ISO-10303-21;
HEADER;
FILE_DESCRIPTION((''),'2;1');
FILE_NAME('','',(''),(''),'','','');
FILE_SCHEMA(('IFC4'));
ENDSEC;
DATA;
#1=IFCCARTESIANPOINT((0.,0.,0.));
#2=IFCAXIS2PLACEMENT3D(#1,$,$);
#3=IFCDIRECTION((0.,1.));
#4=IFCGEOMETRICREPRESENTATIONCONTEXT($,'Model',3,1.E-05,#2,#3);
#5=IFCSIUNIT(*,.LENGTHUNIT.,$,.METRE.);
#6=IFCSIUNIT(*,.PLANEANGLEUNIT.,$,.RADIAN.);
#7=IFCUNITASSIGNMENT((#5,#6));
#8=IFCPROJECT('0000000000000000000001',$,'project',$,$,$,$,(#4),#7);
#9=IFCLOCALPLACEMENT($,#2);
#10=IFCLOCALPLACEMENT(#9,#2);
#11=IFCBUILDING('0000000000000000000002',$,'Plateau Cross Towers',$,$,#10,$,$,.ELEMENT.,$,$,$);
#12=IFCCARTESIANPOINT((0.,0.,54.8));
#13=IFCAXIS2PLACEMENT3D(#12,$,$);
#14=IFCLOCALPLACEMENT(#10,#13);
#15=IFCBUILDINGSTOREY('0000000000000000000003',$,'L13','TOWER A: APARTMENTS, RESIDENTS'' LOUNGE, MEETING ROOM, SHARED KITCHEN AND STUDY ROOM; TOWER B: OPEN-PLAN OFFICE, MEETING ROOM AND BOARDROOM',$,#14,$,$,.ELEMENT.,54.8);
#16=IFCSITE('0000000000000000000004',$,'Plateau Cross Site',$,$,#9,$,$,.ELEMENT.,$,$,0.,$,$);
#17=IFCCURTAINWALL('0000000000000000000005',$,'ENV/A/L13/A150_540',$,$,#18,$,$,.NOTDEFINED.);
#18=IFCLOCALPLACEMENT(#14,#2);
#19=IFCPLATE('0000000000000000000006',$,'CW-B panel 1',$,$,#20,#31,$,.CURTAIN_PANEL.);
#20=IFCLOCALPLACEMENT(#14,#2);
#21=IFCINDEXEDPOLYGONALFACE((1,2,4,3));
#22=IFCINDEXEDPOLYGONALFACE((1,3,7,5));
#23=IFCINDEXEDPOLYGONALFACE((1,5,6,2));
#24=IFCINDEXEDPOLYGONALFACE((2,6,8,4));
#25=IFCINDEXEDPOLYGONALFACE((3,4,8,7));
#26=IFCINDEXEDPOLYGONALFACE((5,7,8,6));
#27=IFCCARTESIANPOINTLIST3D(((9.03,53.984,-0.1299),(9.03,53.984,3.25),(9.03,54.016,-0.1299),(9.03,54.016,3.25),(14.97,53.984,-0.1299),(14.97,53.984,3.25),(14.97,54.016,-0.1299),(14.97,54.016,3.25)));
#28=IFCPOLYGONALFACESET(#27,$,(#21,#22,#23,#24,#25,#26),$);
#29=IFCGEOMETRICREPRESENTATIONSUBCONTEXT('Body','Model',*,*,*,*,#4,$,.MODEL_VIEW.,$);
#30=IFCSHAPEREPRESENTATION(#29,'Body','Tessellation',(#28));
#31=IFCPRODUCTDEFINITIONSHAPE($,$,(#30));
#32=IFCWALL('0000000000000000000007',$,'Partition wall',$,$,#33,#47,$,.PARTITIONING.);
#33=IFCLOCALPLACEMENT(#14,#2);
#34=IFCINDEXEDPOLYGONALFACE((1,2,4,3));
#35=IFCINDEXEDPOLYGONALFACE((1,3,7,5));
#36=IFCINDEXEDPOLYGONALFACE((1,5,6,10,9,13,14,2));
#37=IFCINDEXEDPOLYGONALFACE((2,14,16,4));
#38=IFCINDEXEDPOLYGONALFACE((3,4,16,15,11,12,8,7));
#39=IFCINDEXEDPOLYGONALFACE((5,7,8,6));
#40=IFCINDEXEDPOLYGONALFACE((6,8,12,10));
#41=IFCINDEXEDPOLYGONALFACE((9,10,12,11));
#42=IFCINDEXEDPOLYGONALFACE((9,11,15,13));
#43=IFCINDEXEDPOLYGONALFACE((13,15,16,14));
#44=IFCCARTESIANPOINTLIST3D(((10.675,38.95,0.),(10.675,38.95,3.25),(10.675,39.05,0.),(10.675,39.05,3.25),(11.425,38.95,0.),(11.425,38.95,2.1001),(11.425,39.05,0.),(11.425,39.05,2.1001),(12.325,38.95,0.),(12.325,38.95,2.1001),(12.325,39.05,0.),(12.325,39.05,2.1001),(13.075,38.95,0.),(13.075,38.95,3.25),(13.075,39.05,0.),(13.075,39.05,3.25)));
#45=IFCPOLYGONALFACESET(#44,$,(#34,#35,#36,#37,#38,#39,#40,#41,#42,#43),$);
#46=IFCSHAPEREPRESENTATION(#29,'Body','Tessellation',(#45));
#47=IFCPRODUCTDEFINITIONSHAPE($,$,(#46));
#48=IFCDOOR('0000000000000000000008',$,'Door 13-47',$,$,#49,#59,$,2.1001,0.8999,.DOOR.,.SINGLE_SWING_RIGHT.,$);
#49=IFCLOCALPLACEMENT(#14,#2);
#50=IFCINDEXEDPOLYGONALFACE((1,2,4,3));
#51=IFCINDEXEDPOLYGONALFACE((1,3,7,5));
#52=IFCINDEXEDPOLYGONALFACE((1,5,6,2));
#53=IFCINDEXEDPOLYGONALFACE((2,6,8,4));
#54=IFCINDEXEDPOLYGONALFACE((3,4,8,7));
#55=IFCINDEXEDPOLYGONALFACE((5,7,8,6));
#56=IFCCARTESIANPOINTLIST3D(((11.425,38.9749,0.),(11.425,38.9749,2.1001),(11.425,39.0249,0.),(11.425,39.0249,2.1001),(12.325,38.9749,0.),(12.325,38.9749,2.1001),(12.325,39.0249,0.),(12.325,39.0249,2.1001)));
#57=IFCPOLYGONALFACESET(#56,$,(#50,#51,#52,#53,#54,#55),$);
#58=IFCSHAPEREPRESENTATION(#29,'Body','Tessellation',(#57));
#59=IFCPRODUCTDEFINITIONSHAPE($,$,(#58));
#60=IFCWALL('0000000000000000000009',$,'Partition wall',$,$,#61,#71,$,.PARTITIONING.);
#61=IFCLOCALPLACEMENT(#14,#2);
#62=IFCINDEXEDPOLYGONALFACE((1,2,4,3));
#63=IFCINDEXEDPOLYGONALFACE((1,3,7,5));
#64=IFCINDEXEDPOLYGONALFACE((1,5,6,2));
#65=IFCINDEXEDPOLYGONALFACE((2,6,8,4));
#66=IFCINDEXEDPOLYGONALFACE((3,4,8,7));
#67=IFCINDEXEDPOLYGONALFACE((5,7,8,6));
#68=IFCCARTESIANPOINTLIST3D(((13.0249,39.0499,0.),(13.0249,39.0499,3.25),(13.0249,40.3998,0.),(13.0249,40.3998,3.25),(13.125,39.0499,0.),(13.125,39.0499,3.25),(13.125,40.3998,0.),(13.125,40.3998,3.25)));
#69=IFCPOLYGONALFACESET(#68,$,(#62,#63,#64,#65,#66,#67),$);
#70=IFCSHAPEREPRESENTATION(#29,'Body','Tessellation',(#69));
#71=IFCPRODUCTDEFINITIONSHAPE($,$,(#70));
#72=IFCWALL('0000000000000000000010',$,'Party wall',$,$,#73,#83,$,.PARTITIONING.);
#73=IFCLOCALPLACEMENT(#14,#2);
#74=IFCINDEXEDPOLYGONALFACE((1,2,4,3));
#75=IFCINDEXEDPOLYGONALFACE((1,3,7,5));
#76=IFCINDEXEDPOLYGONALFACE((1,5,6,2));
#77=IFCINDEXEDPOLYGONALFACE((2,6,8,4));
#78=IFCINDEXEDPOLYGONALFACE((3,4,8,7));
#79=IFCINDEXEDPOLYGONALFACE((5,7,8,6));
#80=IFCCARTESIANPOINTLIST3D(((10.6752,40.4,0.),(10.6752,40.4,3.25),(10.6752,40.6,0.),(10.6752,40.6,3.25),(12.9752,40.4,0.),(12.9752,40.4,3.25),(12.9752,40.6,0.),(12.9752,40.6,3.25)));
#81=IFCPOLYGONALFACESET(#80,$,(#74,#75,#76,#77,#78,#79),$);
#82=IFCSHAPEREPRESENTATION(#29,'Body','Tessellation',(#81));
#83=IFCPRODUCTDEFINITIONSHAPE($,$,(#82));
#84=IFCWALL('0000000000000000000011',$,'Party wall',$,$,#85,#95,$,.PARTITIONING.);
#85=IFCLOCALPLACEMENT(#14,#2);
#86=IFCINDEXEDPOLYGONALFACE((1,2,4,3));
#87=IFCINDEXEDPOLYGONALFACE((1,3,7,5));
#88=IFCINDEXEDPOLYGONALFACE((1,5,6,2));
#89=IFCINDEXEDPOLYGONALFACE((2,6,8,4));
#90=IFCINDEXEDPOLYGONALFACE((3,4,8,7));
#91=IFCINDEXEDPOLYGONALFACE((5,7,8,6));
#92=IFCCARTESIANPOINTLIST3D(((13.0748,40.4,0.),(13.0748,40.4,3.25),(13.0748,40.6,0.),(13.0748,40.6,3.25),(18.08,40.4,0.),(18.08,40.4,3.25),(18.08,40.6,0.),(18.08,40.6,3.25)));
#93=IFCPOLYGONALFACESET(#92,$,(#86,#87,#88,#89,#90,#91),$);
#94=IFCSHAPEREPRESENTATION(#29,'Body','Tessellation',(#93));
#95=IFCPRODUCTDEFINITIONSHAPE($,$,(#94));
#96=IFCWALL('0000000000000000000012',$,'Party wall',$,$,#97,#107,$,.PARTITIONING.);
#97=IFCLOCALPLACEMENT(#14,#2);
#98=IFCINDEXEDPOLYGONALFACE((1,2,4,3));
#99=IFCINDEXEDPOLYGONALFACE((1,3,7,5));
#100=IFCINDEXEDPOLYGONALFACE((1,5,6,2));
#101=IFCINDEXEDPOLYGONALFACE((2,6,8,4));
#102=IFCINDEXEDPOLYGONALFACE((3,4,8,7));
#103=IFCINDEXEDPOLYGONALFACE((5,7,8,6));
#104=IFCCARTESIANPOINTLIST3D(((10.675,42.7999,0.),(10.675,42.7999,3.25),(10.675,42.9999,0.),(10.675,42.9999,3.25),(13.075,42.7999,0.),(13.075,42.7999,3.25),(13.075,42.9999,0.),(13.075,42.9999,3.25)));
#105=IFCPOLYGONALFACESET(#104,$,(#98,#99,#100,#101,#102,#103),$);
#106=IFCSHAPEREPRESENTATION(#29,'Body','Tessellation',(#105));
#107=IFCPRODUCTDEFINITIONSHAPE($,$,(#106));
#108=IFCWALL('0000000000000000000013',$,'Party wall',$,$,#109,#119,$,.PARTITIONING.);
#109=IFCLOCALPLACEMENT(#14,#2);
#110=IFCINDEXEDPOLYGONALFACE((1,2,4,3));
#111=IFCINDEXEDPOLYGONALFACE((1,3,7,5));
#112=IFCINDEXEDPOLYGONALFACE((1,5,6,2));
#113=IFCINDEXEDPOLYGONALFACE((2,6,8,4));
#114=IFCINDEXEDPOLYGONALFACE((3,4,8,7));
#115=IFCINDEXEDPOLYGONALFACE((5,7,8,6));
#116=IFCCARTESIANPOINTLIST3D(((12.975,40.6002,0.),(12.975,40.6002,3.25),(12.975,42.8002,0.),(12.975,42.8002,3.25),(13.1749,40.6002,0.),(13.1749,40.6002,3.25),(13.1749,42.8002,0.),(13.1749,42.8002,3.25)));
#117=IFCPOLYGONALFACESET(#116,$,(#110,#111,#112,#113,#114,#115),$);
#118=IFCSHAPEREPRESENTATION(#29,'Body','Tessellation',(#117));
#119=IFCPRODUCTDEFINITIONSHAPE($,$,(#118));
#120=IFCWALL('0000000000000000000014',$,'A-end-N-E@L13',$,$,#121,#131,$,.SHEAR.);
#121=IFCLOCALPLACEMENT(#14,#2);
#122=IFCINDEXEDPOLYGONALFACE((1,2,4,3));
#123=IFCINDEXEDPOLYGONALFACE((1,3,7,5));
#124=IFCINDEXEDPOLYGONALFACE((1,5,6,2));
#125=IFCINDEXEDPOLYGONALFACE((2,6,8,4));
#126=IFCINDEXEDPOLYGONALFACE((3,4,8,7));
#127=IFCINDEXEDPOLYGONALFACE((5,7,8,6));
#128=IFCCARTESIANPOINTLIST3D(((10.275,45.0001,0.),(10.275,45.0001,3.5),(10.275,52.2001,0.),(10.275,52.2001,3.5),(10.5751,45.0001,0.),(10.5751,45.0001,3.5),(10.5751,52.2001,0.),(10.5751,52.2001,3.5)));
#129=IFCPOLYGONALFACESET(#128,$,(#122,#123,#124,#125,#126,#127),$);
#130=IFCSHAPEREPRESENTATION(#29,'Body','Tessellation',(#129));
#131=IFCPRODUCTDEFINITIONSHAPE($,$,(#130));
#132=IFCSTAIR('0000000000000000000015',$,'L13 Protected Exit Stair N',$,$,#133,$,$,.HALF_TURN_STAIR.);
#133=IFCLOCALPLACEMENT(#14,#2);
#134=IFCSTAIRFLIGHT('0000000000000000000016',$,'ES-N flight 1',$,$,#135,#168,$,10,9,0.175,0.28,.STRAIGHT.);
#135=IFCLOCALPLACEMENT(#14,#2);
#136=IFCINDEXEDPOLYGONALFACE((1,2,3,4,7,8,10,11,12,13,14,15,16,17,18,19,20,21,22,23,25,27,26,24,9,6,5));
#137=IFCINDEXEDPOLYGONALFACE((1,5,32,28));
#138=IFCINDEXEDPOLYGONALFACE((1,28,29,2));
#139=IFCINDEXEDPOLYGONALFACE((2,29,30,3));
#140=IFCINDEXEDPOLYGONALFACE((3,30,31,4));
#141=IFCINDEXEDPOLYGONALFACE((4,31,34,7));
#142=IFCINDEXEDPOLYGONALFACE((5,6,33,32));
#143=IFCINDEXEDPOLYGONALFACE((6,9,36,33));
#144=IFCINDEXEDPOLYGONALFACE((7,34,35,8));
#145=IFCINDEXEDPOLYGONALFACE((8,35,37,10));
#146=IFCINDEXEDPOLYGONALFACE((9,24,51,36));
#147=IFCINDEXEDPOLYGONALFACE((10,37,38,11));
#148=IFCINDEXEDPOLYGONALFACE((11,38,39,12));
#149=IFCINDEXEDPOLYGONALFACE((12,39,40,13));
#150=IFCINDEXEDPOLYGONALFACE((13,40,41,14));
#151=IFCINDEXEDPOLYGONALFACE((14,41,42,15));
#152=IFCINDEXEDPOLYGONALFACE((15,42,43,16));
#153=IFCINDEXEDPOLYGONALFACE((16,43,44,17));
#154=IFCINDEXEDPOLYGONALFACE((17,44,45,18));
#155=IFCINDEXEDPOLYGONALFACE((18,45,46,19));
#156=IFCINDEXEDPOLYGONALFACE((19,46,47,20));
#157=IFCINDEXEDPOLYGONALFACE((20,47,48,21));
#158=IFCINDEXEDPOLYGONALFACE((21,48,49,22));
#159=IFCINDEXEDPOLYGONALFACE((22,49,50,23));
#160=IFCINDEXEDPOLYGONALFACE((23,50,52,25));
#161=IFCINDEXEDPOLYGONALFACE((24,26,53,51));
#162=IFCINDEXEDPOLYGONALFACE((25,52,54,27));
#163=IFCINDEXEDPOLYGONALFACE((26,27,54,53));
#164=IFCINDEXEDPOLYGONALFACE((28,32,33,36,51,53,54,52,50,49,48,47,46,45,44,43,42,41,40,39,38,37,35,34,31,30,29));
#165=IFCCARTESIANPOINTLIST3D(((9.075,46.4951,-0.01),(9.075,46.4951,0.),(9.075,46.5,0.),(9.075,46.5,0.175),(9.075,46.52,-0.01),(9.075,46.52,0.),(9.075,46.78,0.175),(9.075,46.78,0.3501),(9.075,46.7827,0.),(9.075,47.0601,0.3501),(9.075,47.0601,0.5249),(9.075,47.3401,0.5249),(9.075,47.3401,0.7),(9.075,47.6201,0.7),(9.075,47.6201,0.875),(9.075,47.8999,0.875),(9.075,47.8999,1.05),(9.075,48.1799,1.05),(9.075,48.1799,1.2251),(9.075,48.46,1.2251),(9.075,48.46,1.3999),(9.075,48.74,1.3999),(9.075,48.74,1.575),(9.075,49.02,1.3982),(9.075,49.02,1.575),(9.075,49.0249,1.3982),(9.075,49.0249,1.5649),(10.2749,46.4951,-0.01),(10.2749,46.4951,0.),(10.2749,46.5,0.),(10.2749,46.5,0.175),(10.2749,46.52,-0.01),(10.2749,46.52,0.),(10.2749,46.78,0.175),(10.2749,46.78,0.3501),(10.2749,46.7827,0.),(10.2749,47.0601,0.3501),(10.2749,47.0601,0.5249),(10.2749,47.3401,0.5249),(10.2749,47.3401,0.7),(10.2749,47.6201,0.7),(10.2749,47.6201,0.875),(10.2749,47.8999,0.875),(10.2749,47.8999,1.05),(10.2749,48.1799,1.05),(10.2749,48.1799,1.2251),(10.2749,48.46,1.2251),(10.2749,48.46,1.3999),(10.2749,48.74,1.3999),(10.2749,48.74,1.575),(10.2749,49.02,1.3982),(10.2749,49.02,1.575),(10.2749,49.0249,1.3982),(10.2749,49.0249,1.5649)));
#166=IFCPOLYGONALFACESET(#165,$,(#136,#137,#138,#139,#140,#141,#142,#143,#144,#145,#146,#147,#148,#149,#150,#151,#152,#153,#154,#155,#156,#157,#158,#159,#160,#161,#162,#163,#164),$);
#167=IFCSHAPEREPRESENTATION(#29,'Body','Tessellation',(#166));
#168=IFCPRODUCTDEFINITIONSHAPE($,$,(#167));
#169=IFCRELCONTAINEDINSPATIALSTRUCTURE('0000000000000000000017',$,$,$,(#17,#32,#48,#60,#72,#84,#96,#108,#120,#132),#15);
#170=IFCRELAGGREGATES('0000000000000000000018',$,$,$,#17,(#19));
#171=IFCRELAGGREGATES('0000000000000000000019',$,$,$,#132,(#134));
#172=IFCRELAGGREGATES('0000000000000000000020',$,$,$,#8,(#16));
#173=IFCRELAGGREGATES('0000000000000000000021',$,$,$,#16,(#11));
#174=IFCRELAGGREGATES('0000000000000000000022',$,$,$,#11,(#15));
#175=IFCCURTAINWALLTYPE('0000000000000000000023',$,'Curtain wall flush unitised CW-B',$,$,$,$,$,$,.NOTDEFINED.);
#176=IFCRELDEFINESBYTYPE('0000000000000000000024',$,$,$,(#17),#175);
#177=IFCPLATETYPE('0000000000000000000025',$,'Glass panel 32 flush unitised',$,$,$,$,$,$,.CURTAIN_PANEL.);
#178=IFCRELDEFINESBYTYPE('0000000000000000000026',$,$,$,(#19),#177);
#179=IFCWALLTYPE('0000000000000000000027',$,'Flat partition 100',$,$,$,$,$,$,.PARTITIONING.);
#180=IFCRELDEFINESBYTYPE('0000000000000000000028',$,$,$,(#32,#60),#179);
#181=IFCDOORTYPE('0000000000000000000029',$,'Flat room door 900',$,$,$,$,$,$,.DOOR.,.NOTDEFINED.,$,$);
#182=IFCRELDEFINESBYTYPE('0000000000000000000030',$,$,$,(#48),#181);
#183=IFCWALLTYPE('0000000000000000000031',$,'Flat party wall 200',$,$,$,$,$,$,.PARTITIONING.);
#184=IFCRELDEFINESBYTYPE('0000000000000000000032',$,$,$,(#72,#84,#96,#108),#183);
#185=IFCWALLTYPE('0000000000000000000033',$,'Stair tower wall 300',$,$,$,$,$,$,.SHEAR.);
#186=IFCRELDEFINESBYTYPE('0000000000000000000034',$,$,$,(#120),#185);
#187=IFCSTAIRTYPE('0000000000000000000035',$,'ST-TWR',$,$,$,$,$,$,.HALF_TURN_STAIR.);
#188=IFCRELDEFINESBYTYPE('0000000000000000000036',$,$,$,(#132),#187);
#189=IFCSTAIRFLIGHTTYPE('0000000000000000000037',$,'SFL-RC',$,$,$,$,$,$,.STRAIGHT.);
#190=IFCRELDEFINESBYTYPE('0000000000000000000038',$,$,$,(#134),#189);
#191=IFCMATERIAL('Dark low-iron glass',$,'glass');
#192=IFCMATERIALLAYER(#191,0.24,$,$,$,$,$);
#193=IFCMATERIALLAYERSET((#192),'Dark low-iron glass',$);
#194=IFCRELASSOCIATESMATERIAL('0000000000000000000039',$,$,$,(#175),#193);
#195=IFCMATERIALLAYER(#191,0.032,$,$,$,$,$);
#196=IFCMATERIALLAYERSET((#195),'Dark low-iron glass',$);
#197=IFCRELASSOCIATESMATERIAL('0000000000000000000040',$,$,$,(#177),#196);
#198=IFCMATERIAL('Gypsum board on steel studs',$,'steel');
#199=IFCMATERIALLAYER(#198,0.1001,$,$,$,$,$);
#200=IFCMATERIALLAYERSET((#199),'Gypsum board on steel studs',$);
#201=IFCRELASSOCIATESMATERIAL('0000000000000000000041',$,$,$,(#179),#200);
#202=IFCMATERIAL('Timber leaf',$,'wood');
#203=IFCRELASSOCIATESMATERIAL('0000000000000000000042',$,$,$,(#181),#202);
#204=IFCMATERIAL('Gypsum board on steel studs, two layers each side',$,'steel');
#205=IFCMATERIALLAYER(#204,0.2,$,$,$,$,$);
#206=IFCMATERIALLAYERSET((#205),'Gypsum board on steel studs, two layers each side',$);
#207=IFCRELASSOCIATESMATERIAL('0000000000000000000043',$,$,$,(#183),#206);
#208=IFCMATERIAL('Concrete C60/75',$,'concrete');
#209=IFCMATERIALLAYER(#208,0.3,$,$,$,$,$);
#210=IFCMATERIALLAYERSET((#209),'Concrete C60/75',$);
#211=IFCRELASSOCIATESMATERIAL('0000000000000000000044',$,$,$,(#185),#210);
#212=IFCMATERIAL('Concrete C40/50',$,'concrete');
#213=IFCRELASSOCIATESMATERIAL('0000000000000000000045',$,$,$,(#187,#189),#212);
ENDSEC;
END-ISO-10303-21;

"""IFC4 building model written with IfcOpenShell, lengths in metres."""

from ifc_helpers import new_model, si_unit, direction, frame, frame_2d, origin, origin_2d, place, context, subcontext, project, spatial, polyline, rectangle, outline, extrude, material, layer, layer_set, type_object, element, fill, aggregate, save


model = new_model("IFC4")

# Units and contexts
model_context = context("Model", 3, precision=1e-05, world=origin(), true_north=direction((0.0, 1.0)))
body_context = subcontext(model_context, "Body", "Model", "MODEL_VIEW")
ifc_project = project(units=[si_unit("LENGTHUNIT", "METRE"), si_unit("PLANEANGLEUNIT", "RADIAN")], contexts=[model_context])

# Site, building, storey
site_placement = place(None, origin())
site = spatial("IfcSite", under=ifc_project, at=site_placement, Name="Plateau Cross Site", CompositionType="ELEMENT", RefElevation=0.0)
building_placement = place(site_placement, origin())
building = spatial("IfcBuilding", under=site, at=building_placement, Name="Plateau Cross Towers", CompositionType="ELEMENT")
storey_placement = place(building_placement, frame((0.0, 0.0, 54.8)))
storey = spatial("IfcBuildingStorey", under=building, at=storey_placement, Name="L13", Description="TOWER A: APARTMENTS, RESIDENTS' LOUNGE, MEETING ROOM, SHARED KITCHEN AND STUDY ROOM; TOWER B: OPEN-PLAN OFFICE, MEETING ROOM AND BOARDROOM", CompositionType="ELEMENT", Elevation=54.8)

# Shared definitions
ifc_material_1 = material(Name="Concrete C60/75", Category="concrete")

# Shared definitions
ifc_material_2 = material(Name="Dark low-iron glass", Category="glass")
ifc_layer_1 = layer(ifc_material_2, 0.24)
ifc_layer_set_1 = layer_set([ifc_layer_1], Name="Dark low-iron glass")
curtain_wall_type = type_object("IfcCurtainWallType", Name="Curtain wall flush unitised CW-B", PredefinedType="NOTDEFINED", material=ifc_layer_set_1)

# Curtain wall
curtain_wall_1_placement = place(storey_placement, origin())
curtain_wall_1 = element("IfcCurtainWall", 1, at=curtain_wall_1_placement, inside=storey, type_object=curtain_wall_type, Name="ENV/A/L13/A150_540", PredefinedType="NOTDEFINED")

# Plate
ifc_layer_2 = layer(ifc_material_2, 0.032)
ifc_layer_set_2 = layer_set([ifc_layer_2], Name="Dark low-iron glass")
plate_type = type_object("IfcPlateType", Name="Glass panel 32 flush unitised", PredefinedType="CURTAIN_PANEL", material=ifc_layer_set_2)
plate_1_placement = place(storey_placement, frame((12.0, 54.0, -0.1299), z_axis=(0.0, 0.0, 1.0), x_axis=(-1.0, 0.0, 0.0)))
plate_1 = element("IfcPlate", 2, at=plate_1_placement, type_object=plate_type, Name="CW-B panel 1", PredefinedType="CURTAIN_PANEL", context=body_context, shape_type="SweptSolid", body=[
    extrude(rectangle(XDim=5.9399, YDim=0.032, at=origin_2d()), origin(), (0.0, 0.0, 1.0), 3.3799),
])
aggregate(curtain_wall_1, [plate_1])

# Wall, opening, door
ifc_material_3 = material(Name="Gypsum board on steel studs", Category="steel")
ifc_layer_3 = layer(ifc_material_3, 0.1001)
ifc_layer_set_3 = layer_set([ifc_layer_3], Name="Gypsum board on steel studs")
wall_type_1 = type_object("IfcWallType", Name="Flat partition 100", PredefinedType="PARTITIONING", material=ifc_layer_set_3)
wall_1_placement = place(storey_placement, frame((10.675, 39.0, 0.0), z_axis=(0.0, 0.0, 1.0), x_axis=(1.0, 0.0, 0.0)))
wall_1 = element("IfcWall", 3, at=wall_1_placement, inside=storey, type_object=wall_type_1, Name="Partition wall", PredefinedType="PARTITIONING", context=body_context, shape_type="SweptSolid", body=[
    extrude(rectangle(XDim=2.3999, YDim=0.1001, at=frame_2d((1.2, 0.0))), origin(), (0.0, 0.0, 1.0), 3.25),
])
opening_placement = place(wall_1_placement, frame((0.75, 0.0, 0.0)))
opening = element("IfcOpeningElement", 4, at=opening_placement, cuts=wall_1, PredefinedType="OPENING", context=body_context, shape_type="SweptSolid", body=[
    extrude(rectangle(XDim=0.8999, YDim=2.1001, at=frame_2d((0.45, 1.05))), frame((0.0, 0.0601, 0.0), z_axis=(0.0, -1.0, 0.0), x_axis=(1.0, 0.0, 0.0)), (0.0, 0.0, 1.0), 0.1201),
])
ifc_material_4 = material(Name="Timber leaf", Category="wood")
door_type = type_object("IfcDoorType", Name="Flat room door 900", OperationType="NOTDEFINED", PredefinedType="DOOR", material=ifc_material_4)
door_placement = place(opening_placement, origin())
door = element("IfcDoor", 5, at=door_placement, inside=storey, type_object=door_type, Name="Door 13-47", OperationType="SINGLE_SWING_RIGHT", OverallHeight=2.1001, OverallWidth=0.8999, PredefinedType="DOOR", context=body_context, shape_type="SweptSolid", body=[
    extrude(rectangle(XDim=0.8999, YDim=2.1001, at=frame_2d((0.45, 1.05))), frame((0.0, 0.0249, 0.0), z_axis=(0.0, -1.0, 0.0), x_axis=(1.0, 0.0, 0.0)), (0.0, 0.0, 1.0), 0.05),
])
fill(opening, door)

# Walls
wall_2_placement = place(storey_placement, frame((13.075, 39.05, 0.0), z_axis=(0.0, 0.0, 1.0), x_axis=(0.0, 1.0, 0.0)))
element("IfcWall", 6, at=wall_2_placement, inside=storey, type_object=wall_type_1, Name="Partition wall", PredefinedType="PARTITIONING", context=body_context, shape_type="SweptSolid", body=[
    extrude(rectangle(XDim=1.3499, YDim=0.1001, at=frame_2d((0.6748, 0.0))), origin(), (0.0, 0.0, 1.0), 3.25),
])
ifc_material_5 = material(Name="Gypsum board on steel studs, two layers each side", Category="steel")
ifc_layer_4 = layer(ifc_material_5, 0.2)
ifc_layer_set_4 = layer_set([ifc_layer_4], Name="Gypsum board on steel studs, two layers each side")
wall_type_2 = type_object("IfcWallType", Name="Flat party wall 200", PredefinedType="PARTITIONING", material=ifc_layer_set_4)
wall_3_placement = place(storey_placement, frame((12.9751, 40.5, 0.0), z_axis=(0.0, 0.0, 1.0), x_axis=(-1.0, 0.0, 0.0)))
element("IfcWall", 7, at=wall_3_placement, inside=storey, type_object=wall_type_2, Name="Party wall", PredefinedType="PARTITIONING", context=body_context, shape_type="SweptSolid", body=[
    extrude(rectangle(XDim=2.3, YDim=0.2, at=frame_2d((1.1499, 0.0))), origin(), (0.0, 0.0, 1.0), 3.25),
])
wall_4_placement = place(storey_placement, frame((13.075, 40.5, 0.0), z_axis=(0.0, 0.0, 1.0), x_axis=(1.0, 0.0, 0.0)))
element("IfcWall", 8, at=wall_4_placement, inside=storey, type_object=wall_type_2, Name="Party wall", PredefinedType="PARTITIONING", context=body_context, shape_type="SweptSolid", body=[
    extrude(rectangle(XDim=5.0051, YDim=0.2, at=frame_2d((2.5024, 0.0))), origin(), (0.0, 0.0, 1.0), 3.25),
])
wall_5_placement = place(storey_placement, frame((13.075, 42.8999, 0.0), z_axis=(0.0, 0.0, 1.0), x_axis=(-1.0, 0.0, 0.0)))
element("IfcWall", 9, at=wall_5_placement, inside=storey, type_object=wall_type_2, Name="Party wall", PredefinedType="PARTITIONING", context=body_context, shape_type="SweptSolid", body=[
    extrude(rectangle(XDim=2.3999, YDim=0.2, at=frame_2d((1.2, 0.0))), origin(), (0.0, 0.0, 1.0), 3.25),
])
wall_6_placement = place(storey_placement, frame((13.075, 40.6001, 0.0), z_axis=(0.0, 0.0, 1.0), x_axis=(0.0, 1.0, 0.0)))
element("IfcWall", 10, at=wall_6_placement, inside=storey, type_object=wall_type_2, Name="Party wall", PredefinedType="PARTITIONING", context=body_context, shape_type="SweptSolid", body=[
    extrude(rectangle(XDim=2.2, YDim=0.2, at=frame_2d((1.1001, 0.0))), origin(), (0.0, 0.0, 1.0), 3.25),
])
ifc_layer_5 = layer(ifc_material_1, 0.3)
ifc_layer_set_5 = layer_set([ifc_layer_5], Name="Concrete C60/75")
wall_type_3 = type_object("IfcWallType", Name="Stair tower wall 300", PredefinedType="SHEAR", material=ifc_layer_set_5)
wall_7_placement = place(storey_placement, frame((10.425, 45.0, 0.0), z_axis=(0.0, 0.0, 1.0), x_axis=(0.0, 1.0, 0.0)))
element("IfcWall", 11, at=wall_7_placement, inside=storey, type_object=wall_type_3, Name="A-end-N-E@L13", PredefinedType="SHEAR", context=body_context, shape_type="SweptSolid", body=[
    extrude(rectangle(XDim=7.2, YDim=0.3, at=frame_2d((3.6001, 0.0))), origin(), (0.0, 0.0, 1.0), 3.5),
])

# Stair, stair flight
ifc_material_6 = material(Name="Concrete C40/50", Category="concrete")
stair_type = type_object("IfcStairType", Name="ST-TWR", PredefinedType="HALF_TURN_STAIR", material=ifc_material_6)
stair_placement = place(storey_placement, origin())
stair = element("IfcStair", 12, at=stair_placement, inside=storey, type_object=stair_type, Name="L13 Protected Exit Stair N", PredefinedType="HALF_TURN_STAIR")
stair_flight_type = type_object("IfcStairFlightType", Name="SFL-RC", PredefinedType="STRAIGHT", material=ifc_material_6)
stair_flight_1_placement = place(storey_placement, frame((9.675, 46.5, 0.0), z_axis=(0.0, 0.0, 1.0), x_axis=(0.0, 1.0, 0.0)))
stair_flight_1 = element("IfcStairFlight", 13, at=stair_flight_1_placement, type_object=stair_flight_type, Name="ES-N flight 1", NumberOfRisers=10, NumberOfTreads=9, PredefinedType="STRAIGHT", RiserHeight=0.175, TreadLength=0.28, context=body_context, shape_type="SweptSolid", body=[
    extrude(outline(polyline([(-0.0049, -0.01), (-0.0049, 0.0), (0.0, 0.0), (0.0, 0.175), (0.28, 0.175), (0.28, 0.3501), (0.5601, 0.3501), (0.5601, 0.5249), (0.8401, 0.5249), (0.8401, 0.7), (1.1201, 0.7), (1.1201, 0.875), (1.3999, 0.875), (1.3999, 1.05), (1.6799, 1.05), (1.6799, 1.2251), (1.96, 1.2251), (1.96, 1.3999), (2.24, 1.3999), (2.24, 1.575), (2.52, 1.575), (2.5249, 1.5649), (2.5249, 1.3982), (2.52, 1.3982), (0.2827, 0.0), (0.02, 0.0), (0.02, -0.01), (-0.0049, -0.01)])), frame((0.0, 0.6001, 0.0), z_axis=(0.0, -1.0, 0.0), x_axis=(1.0, 0.0, 0.0)), (0.0, 0.0, 1.0), 1.2),
])
aggregate(stair, [stair_flight_1])

save(model, "model.ifc")
